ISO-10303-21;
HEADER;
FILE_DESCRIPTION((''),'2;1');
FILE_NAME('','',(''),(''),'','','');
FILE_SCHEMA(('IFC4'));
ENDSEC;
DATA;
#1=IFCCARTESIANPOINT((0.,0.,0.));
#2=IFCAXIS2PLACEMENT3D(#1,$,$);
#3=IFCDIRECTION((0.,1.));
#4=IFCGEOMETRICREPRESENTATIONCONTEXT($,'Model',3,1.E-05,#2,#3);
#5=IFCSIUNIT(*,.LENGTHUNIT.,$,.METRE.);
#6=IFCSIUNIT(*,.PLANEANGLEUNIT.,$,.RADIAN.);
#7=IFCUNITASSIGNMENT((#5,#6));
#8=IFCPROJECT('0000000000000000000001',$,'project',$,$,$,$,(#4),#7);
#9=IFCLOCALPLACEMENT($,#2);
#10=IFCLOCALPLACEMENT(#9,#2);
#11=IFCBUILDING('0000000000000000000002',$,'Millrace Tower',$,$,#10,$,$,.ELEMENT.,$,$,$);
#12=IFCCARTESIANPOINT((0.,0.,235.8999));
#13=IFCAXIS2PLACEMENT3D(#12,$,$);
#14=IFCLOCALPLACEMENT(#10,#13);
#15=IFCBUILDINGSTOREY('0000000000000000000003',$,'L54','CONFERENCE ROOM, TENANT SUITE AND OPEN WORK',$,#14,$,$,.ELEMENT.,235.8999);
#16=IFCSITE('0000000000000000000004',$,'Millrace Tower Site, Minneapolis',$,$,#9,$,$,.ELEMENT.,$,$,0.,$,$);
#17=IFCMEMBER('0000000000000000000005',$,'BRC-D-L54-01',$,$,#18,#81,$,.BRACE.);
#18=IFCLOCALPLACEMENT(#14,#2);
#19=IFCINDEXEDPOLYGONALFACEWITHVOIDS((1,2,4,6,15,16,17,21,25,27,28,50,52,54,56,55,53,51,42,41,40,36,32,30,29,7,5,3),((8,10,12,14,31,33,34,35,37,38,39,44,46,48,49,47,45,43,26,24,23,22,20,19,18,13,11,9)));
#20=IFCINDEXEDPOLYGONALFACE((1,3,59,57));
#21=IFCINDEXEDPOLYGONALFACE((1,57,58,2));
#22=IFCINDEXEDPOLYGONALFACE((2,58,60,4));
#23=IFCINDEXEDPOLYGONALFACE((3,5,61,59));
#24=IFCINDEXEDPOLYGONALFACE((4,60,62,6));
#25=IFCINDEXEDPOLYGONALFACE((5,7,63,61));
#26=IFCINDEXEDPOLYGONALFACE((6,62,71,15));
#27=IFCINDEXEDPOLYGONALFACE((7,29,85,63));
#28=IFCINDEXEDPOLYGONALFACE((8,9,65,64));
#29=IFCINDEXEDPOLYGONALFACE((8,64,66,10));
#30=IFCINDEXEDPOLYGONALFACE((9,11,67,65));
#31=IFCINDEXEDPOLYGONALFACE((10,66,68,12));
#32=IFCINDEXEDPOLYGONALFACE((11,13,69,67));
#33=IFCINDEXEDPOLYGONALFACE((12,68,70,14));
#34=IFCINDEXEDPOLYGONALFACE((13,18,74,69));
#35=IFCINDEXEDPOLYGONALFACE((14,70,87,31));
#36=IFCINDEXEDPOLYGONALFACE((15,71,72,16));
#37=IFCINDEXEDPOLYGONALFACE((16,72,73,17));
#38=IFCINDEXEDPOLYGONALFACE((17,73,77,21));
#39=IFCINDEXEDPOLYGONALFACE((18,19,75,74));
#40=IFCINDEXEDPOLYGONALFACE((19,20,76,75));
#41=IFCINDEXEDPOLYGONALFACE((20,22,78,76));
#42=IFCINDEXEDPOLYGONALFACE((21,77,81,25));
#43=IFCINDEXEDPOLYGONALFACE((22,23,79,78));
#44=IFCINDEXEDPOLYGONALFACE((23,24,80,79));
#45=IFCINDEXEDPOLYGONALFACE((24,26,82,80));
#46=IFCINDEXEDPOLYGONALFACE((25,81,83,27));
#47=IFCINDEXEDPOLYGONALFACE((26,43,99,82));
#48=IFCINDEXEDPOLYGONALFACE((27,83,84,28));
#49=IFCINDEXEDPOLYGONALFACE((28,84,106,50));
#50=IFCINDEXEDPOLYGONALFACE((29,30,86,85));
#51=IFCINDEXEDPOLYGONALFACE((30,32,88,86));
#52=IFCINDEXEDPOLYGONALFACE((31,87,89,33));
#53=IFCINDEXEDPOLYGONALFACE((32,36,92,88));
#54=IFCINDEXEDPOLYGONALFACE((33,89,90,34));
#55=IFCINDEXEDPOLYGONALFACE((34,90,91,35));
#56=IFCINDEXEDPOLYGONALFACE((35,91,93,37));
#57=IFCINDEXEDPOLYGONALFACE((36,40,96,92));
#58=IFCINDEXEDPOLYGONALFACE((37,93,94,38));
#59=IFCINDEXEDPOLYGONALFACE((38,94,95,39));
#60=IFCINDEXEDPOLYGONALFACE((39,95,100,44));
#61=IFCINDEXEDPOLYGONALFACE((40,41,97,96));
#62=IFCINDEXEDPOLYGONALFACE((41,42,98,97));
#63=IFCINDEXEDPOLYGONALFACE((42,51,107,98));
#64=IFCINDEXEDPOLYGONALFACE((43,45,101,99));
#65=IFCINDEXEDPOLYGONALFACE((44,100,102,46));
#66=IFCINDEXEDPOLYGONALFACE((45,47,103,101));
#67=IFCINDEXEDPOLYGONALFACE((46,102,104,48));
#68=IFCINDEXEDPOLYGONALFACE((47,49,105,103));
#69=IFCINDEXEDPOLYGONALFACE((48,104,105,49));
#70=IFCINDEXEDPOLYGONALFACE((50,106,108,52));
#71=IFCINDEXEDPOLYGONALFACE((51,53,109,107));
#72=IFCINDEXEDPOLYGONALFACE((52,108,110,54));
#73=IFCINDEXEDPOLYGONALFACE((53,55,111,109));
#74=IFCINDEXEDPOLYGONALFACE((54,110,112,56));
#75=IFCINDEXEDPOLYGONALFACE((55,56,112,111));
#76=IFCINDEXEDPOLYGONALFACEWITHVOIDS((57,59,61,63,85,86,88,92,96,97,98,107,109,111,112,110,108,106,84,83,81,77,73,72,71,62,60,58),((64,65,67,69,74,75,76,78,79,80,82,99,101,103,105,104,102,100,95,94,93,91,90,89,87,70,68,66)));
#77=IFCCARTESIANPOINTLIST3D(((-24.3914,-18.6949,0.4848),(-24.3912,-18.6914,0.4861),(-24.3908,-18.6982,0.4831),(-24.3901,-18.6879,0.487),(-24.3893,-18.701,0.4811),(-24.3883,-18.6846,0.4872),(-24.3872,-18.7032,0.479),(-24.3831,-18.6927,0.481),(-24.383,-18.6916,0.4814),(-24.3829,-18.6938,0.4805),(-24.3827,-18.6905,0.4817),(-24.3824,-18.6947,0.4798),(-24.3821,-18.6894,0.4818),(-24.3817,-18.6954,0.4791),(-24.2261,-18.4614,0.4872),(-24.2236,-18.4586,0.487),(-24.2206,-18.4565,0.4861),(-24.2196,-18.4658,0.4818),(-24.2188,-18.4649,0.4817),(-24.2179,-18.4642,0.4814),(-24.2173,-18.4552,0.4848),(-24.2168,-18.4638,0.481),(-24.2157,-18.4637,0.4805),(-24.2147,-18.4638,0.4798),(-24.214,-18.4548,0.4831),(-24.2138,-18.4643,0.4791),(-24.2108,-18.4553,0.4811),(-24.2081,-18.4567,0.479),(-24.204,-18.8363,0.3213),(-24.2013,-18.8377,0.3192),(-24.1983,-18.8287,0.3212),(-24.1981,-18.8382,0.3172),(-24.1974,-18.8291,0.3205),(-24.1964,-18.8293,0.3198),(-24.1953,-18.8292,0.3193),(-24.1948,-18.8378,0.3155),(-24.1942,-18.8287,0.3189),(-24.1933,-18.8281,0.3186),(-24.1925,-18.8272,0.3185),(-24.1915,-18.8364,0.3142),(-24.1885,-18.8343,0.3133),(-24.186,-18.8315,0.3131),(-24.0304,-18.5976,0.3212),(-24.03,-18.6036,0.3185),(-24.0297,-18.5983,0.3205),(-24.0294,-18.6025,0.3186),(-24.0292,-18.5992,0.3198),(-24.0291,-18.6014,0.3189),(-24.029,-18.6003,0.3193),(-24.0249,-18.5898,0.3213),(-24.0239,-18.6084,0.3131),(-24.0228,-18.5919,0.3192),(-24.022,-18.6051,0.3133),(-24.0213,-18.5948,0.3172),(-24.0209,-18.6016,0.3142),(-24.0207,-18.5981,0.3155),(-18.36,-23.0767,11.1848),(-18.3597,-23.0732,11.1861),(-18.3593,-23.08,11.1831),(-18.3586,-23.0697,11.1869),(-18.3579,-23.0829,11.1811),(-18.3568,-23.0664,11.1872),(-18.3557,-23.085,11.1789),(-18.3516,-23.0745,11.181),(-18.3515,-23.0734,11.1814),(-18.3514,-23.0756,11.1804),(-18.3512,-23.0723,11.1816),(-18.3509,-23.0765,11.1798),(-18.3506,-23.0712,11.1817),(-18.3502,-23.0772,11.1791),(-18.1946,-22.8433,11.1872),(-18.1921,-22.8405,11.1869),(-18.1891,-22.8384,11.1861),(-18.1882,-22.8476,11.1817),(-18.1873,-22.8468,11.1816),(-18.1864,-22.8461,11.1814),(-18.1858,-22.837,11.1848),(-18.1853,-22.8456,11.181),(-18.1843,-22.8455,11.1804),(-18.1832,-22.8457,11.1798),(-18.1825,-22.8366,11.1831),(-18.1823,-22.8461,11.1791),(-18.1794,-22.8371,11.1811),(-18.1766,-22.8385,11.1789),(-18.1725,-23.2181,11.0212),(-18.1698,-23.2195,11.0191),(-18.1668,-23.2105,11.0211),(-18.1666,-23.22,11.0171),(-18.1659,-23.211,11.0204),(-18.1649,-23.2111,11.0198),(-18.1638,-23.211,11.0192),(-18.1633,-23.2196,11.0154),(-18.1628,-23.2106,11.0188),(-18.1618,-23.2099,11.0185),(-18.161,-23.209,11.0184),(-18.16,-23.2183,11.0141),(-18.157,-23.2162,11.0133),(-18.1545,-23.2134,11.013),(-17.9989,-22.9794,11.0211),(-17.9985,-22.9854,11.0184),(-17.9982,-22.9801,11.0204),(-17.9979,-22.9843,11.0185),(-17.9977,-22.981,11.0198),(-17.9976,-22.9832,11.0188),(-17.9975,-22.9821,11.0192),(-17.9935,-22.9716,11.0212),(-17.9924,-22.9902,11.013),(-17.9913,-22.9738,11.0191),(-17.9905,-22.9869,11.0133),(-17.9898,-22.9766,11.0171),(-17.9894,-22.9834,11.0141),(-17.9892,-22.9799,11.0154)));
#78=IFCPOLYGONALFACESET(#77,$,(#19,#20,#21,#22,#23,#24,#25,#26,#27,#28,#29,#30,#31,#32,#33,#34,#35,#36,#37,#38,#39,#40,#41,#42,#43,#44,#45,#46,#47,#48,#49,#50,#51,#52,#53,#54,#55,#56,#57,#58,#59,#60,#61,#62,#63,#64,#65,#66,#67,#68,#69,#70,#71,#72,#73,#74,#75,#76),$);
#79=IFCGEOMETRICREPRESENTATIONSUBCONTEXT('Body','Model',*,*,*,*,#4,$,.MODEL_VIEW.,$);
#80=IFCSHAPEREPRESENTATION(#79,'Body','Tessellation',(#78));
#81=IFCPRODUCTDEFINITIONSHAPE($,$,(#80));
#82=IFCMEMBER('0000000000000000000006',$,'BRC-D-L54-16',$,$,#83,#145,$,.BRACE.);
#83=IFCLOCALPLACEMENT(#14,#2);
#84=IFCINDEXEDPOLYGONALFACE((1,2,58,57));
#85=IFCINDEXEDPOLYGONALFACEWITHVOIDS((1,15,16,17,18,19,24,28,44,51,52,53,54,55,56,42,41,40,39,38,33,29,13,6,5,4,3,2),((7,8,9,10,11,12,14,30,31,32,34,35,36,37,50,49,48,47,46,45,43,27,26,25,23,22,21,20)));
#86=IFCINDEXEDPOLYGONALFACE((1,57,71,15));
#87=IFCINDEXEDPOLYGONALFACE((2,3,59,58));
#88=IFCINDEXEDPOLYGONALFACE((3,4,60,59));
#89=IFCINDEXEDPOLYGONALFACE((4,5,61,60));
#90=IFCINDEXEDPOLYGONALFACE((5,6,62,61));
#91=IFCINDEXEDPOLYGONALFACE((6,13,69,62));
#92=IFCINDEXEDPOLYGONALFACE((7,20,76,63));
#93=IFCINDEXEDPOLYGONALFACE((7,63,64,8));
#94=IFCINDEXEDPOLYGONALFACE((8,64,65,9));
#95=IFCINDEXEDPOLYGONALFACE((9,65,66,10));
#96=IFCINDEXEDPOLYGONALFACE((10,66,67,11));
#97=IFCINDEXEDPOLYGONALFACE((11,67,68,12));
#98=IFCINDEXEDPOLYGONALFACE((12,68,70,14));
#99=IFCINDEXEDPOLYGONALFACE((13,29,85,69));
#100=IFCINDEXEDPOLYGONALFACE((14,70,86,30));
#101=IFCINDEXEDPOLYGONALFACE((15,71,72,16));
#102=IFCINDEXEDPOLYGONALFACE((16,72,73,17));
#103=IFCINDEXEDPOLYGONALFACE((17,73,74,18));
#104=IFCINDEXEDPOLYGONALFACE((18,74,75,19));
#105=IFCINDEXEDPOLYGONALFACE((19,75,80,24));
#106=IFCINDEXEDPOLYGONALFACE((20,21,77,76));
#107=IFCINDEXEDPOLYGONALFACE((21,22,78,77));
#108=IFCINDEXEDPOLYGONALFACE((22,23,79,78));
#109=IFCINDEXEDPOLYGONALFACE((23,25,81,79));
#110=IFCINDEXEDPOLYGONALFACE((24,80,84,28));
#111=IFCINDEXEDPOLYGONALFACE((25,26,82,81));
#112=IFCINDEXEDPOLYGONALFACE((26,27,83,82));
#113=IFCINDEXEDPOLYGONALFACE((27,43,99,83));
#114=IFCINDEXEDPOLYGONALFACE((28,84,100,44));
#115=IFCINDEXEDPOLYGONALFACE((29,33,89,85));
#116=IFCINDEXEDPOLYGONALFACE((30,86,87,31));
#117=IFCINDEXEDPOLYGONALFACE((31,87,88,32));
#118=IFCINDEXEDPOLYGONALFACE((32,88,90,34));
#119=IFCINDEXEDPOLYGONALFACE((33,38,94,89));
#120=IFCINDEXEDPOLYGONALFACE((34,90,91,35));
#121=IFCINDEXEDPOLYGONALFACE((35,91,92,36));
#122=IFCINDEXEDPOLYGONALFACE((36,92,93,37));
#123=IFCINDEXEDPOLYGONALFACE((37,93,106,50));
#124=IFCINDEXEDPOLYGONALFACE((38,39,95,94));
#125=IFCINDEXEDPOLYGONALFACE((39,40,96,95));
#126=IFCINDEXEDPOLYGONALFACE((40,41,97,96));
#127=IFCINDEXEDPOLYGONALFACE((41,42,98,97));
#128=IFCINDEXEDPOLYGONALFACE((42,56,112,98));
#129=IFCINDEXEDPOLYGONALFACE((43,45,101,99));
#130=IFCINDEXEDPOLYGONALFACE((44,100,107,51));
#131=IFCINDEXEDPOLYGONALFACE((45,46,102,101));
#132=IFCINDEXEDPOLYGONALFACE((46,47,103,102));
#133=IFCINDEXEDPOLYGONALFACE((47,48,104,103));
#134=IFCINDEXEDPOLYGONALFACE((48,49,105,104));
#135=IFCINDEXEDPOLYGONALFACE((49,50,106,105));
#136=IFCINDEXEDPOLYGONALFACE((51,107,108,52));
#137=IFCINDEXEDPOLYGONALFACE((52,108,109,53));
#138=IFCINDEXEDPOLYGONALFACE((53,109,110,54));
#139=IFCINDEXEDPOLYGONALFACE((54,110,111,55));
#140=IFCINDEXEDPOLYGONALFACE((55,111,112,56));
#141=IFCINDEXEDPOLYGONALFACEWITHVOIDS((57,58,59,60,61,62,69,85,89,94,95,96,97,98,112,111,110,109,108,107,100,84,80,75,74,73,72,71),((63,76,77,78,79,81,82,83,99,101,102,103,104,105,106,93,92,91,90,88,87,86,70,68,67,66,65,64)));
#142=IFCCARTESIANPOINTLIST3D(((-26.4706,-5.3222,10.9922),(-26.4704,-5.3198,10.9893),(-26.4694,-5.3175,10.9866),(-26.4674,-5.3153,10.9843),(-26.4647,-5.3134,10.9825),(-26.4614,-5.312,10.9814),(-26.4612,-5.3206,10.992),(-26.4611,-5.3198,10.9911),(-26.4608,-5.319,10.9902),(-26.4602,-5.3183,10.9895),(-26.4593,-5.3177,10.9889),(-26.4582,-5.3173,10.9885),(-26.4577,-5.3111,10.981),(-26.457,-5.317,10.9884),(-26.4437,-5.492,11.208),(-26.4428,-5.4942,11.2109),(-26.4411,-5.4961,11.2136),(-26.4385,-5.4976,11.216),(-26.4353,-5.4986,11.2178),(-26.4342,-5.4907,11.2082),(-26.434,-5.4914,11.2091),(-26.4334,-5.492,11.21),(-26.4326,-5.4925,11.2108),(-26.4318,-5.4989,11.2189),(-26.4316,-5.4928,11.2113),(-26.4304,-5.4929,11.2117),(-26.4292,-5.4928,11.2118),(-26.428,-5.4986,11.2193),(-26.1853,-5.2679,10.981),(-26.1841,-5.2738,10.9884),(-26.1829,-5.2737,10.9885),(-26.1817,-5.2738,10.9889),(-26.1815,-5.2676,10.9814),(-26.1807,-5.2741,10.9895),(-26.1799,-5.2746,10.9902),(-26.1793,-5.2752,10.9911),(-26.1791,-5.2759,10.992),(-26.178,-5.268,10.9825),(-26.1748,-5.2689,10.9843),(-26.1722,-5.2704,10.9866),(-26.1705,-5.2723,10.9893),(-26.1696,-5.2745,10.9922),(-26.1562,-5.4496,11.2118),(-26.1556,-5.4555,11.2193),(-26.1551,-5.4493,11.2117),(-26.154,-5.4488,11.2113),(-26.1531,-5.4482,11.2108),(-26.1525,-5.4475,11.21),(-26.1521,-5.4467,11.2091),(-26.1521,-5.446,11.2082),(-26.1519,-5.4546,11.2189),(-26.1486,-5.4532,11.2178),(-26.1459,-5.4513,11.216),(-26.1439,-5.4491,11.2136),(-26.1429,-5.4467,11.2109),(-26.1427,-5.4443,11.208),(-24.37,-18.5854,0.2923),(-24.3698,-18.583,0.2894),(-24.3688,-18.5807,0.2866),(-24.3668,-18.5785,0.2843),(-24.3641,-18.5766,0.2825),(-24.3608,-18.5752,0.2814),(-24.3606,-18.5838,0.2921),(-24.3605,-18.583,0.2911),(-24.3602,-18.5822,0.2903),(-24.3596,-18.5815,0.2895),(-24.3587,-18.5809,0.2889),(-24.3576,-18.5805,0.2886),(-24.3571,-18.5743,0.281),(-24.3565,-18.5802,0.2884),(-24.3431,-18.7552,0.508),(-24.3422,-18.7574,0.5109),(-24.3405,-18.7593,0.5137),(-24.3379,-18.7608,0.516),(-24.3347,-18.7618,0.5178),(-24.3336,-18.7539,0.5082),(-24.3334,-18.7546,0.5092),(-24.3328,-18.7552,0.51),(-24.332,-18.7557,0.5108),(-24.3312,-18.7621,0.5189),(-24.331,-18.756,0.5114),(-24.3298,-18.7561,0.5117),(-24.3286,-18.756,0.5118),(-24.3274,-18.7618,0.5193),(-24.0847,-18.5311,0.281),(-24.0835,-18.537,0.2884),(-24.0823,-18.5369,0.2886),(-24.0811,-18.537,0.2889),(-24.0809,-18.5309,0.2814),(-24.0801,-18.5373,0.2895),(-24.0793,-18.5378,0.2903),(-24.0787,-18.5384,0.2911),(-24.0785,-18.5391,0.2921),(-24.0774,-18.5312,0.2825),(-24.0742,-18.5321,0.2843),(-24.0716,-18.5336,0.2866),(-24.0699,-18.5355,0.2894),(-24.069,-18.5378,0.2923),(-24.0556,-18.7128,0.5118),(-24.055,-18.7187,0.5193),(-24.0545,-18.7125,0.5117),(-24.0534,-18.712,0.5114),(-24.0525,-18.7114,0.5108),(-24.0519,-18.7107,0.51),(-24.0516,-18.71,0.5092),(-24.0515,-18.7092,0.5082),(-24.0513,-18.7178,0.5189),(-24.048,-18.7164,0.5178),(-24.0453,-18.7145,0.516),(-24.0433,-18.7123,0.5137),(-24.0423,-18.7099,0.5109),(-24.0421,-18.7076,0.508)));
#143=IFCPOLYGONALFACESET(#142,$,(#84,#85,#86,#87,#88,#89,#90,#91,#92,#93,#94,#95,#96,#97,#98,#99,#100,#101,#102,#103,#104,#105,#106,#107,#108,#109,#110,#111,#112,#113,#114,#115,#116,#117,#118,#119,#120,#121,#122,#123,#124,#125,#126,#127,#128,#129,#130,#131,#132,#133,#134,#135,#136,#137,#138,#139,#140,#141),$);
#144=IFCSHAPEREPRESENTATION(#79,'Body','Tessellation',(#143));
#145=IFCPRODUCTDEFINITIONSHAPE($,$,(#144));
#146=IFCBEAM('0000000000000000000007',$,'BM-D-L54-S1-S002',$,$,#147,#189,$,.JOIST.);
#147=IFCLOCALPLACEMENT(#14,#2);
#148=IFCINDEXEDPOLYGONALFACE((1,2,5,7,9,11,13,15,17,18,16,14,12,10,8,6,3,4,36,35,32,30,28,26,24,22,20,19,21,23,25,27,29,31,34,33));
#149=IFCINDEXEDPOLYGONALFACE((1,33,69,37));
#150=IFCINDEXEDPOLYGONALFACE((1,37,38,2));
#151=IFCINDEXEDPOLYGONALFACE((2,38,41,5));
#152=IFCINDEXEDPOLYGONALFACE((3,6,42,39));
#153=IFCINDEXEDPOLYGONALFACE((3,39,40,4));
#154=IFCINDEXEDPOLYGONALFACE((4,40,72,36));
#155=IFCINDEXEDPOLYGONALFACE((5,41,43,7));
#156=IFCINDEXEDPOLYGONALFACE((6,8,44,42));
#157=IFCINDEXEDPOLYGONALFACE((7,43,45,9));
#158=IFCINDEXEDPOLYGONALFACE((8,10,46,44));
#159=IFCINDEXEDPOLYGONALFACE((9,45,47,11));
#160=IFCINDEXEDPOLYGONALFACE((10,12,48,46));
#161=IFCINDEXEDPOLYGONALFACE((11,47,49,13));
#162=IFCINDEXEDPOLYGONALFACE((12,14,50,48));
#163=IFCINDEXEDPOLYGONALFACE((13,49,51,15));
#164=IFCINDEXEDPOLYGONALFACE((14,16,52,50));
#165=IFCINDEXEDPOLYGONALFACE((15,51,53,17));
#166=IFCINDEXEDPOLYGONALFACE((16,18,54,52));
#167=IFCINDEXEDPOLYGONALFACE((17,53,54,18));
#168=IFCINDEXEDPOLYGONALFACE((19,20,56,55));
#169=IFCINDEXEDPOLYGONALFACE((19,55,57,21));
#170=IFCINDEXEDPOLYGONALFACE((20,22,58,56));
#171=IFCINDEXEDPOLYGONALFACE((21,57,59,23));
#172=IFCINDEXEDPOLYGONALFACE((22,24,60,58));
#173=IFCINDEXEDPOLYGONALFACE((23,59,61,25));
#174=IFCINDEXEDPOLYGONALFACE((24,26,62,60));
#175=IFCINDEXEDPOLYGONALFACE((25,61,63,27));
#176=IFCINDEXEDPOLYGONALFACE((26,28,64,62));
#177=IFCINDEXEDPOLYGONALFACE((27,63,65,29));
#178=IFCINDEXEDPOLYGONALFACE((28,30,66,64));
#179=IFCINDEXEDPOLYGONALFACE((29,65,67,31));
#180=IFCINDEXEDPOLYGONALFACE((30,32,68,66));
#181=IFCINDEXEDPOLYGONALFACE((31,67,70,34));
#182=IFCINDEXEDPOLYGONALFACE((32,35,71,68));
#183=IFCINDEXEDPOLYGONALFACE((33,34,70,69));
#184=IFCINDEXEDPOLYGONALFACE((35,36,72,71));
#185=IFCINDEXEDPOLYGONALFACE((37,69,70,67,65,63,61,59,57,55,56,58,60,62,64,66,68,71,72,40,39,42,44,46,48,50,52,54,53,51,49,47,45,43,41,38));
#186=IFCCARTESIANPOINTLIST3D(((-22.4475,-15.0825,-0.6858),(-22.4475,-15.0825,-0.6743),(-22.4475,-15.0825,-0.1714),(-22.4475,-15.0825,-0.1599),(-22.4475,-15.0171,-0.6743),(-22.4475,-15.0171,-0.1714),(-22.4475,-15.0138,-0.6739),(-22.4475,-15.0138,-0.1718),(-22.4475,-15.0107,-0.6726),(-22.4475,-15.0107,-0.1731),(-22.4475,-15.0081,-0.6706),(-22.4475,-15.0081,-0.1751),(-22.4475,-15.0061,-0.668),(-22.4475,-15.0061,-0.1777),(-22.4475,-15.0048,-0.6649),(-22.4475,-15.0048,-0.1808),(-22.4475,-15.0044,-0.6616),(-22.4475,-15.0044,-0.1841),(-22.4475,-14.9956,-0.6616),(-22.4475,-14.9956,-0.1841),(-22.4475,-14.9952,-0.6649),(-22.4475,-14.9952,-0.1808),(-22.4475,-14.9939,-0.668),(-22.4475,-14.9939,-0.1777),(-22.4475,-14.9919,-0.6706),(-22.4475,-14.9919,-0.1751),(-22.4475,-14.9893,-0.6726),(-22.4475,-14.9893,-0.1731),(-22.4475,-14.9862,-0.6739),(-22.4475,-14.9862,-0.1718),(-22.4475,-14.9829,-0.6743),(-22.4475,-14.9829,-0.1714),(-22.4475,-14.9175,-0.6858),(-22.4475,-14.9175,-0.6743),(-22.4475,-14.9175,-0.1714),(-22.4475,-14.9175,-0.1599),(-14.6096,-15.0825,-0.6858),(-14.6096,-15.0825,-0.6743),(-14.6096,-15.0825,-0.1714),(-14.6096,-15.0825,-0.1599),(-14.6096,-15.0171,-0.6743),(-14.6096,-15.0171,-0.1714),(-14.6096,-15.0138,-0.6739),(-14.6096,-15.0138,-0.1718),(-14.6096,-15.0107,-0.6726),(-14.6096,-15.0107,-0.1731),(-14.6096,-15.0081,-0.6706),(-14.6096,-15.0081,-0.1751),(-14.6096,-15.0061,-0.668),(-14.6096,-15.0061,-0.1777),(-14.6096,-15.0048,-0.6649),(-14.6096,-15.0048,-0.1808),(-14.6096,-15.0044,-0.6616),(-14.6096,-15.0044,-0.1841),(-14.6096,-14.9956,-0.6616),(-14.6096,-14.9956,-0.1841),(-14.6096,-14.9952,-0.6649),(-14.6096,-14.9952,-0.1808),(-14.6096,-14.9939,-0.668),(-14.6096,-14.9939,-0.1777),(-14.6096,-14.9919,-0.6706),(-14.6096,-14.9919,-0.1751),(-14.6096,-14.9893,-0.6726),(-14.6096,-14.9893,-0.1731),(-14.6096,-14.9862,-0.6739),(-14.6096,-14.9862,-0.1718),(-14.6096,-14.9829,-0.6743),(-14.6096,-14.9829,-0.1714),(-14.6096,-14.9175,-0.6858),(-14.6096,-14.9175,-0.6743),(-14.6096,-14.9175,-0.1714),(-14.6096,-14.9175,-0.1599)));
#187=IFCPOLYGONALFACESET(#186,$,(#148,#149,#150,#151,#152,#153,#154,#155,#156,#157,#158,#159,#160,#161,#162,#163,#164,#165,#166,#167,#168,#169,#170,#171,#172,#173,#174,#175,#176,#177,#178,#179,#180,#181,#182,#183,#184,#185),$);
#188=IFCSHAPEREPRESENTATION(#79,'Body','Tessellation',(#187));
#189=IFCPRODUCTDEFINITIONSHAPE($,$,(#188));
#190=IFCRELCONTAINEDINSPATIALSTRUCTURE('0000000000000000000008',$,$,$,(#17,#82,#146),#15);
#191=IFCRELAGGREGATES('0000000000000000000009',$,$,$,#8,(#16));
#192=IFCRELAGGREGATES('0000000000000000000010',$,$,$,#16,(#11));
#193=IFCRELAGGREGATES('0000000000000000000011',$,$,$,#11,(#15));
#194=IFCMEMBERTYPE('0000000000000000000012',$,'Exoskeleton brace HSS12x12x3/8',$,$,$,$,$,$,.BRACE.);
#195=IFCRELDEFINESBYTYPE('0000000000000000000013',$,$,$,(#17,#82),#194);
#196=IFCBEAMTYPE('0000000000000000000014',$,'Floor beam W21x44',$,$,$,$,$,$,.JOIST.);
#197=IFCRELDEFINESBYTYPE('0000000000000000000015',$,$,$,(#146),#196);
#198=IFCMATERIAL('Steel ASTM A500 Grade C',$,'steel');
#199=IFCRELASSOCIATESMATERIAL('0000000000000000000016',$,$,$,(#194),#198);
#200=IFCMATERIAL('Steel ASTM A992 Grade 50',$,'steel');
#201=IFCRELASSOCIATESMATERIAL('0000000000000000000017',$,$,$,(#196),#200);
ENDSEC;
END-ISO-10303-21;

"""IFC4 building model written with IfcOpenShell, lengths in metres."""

from ifc_helpers import new_model, si_unit, direction, frame, origin, origin_2d, place, context, subcontext, project, spatial, hollow_rectangle, i_section, extrude, material, material_profile, profile_set, type_object, element, save


model = new_model("IFC4")

# Units and contexts
model_context = context("Model", 3, precision=1e-05, world=origin(), true_north=direction((0.0, 1.0)))
body_context = subcontext(model_context, "Body", "Model", "MODEL_VIEW")
ifc_project = project(units=[si_unit("LENGTHUNIT", "METRE"), si_unit("PLANEANGLEUNIT", "RADIAN")], contexts=[model_context])

# Site, building, storey
site_placement = place(None, origin())
site = spatial("IfcSite", under=ifc_project, at=site_placement, Name="Millrace Tower Site, Minneapolis", CompositionType="ELEMENT", RefElevation=0.0)
building_placement = place(site_placement, origin())
building = spatial("IfcBuilding", under=site, at=building_placement, Name="Millrace Tower", CompositionType="ELEMENT")
storey_placement = place(building_placement, frame((0.0, 0.0, 235.8999)))
storey = spatial("IfcBuildingStorey", under=building, at=storey_placement, Name="L54", Description="CONFERENCE ROOM, TENANT SUITE AND OPEN WORK", CompositionType="ELEMENT", Elevation=235.8999)

# Members
ifc_material_1 = material(Name="Steel ASTM A500 Grade C", Category="steel")
ifc_material_profile_1 = material_profile(ifc_material_1, hollow_rectangle(XDim=0.3047, YDim=0.3047, WallThickness=0.0095, InnerFilletRadius=0.0046, OuterFilletRadius=0.0144, at=origin_2d()))
ifc_profile_set_1 = profile_set([ifc_material_profile_1], Name="Steel ASTM A500 Grade C")
member_type_1 = type_object("IfcMemberType", Name="Exoskeleton brace HSS12x12x3/8", PredefinedType="BRACE", material=ifc_profile_set_1)
member_1_placement = place(storey_placement, frame((-24.2061, -18.6465, 0.4001), z_axis=(0.462501, -0.336004, 0.820484), x_axis=(0.587759, 0.809036, 0.0)))
element("IfcMember", 1, at=member_1_placement, inside=storey, type_object=member_type_1, Name="BRC-D-L54-01", PredefinedType="BRACE", context=body_context, shape_type="SweptSolid", body=[
    extrude(hollow_rectangle(XDim=0.3047, YDim=0.3047, WallThickness=0.0095, InnerFilletRadius=0.0046, OuterFilletRadius=0.0144, at=origin_2d()), origin(), (0.0, 0.0, 1.0), 13.041),
])
member_2_placement = place(storey_placement, frame((-24.2061, -18.6465, 0.4001), z_axis=(-0.12234, 0.772457, 0.623172), x_axis=(-0.987689, -0.156427, 0.0)))
element("IfcMember", 2, at=member_2_placement, inside=storey, type_object=member_type_1, Name="BRC-D-L54-16", PredefinedType="BRACE", context=body_context, shape_type="SweptSolid", body=[
    extrude(hollow_rectangle(XDim=0.3047, YDim=0.3047, WallThickness=0.0095, InnerFilletRadius=0.0046, OuterFilletRadius=0.0144, at=origin_2d()), origin(), (0.0, 0.0, 1.0), 17.1702),
])

# Beam
ifc_material_2 = material(Name="Steel ASTM A992 Grade 50", Category="steel")
ifc_material_profile_2 = material_profile(ifc_material_2, i_section(OverallWidth=0.165, OverallDepth=0.5259, WebThickness=0.0088, FlangeThickness=0.0115, FilletRadius=0.0127, at=origin_2d()))
ifc_profile_set_2 = profile_set([ifc_material_profile_2], Name="Steel ASTM A992 Grade 50")
beam_type_1 = type_object("IfcBeamType", Name="Floor beam W21x44", PredefinedType="JOIST", material=ifc_profile_set_2)
beam_1_placement = place(storey_placement, frame((-22.4475, -15.0, -0.4229), z_axis=(1.0, 0.0, 0.0), x_axis=(0.0, 1.0, 0.0)))
element("IfcBeam", 3, at=beam_1_placement, inside=storey, type_object=beam_type_1, Name="BM-D-L54-S1-S002", PredefinedType="JOIST", context=body_context, shape_type="SweptSolid", body=[
    extrude(i_section(OverallWidth=0.165, OverallDepth=0.5259, WebThickness=0.0088, FlangeThickness=0.0115, FilletRadius=0.0127, at=origin_2d()), origin(), (0.0, 0.0, 1.0), 7.8379),
])

save(model, "model.ifc")
